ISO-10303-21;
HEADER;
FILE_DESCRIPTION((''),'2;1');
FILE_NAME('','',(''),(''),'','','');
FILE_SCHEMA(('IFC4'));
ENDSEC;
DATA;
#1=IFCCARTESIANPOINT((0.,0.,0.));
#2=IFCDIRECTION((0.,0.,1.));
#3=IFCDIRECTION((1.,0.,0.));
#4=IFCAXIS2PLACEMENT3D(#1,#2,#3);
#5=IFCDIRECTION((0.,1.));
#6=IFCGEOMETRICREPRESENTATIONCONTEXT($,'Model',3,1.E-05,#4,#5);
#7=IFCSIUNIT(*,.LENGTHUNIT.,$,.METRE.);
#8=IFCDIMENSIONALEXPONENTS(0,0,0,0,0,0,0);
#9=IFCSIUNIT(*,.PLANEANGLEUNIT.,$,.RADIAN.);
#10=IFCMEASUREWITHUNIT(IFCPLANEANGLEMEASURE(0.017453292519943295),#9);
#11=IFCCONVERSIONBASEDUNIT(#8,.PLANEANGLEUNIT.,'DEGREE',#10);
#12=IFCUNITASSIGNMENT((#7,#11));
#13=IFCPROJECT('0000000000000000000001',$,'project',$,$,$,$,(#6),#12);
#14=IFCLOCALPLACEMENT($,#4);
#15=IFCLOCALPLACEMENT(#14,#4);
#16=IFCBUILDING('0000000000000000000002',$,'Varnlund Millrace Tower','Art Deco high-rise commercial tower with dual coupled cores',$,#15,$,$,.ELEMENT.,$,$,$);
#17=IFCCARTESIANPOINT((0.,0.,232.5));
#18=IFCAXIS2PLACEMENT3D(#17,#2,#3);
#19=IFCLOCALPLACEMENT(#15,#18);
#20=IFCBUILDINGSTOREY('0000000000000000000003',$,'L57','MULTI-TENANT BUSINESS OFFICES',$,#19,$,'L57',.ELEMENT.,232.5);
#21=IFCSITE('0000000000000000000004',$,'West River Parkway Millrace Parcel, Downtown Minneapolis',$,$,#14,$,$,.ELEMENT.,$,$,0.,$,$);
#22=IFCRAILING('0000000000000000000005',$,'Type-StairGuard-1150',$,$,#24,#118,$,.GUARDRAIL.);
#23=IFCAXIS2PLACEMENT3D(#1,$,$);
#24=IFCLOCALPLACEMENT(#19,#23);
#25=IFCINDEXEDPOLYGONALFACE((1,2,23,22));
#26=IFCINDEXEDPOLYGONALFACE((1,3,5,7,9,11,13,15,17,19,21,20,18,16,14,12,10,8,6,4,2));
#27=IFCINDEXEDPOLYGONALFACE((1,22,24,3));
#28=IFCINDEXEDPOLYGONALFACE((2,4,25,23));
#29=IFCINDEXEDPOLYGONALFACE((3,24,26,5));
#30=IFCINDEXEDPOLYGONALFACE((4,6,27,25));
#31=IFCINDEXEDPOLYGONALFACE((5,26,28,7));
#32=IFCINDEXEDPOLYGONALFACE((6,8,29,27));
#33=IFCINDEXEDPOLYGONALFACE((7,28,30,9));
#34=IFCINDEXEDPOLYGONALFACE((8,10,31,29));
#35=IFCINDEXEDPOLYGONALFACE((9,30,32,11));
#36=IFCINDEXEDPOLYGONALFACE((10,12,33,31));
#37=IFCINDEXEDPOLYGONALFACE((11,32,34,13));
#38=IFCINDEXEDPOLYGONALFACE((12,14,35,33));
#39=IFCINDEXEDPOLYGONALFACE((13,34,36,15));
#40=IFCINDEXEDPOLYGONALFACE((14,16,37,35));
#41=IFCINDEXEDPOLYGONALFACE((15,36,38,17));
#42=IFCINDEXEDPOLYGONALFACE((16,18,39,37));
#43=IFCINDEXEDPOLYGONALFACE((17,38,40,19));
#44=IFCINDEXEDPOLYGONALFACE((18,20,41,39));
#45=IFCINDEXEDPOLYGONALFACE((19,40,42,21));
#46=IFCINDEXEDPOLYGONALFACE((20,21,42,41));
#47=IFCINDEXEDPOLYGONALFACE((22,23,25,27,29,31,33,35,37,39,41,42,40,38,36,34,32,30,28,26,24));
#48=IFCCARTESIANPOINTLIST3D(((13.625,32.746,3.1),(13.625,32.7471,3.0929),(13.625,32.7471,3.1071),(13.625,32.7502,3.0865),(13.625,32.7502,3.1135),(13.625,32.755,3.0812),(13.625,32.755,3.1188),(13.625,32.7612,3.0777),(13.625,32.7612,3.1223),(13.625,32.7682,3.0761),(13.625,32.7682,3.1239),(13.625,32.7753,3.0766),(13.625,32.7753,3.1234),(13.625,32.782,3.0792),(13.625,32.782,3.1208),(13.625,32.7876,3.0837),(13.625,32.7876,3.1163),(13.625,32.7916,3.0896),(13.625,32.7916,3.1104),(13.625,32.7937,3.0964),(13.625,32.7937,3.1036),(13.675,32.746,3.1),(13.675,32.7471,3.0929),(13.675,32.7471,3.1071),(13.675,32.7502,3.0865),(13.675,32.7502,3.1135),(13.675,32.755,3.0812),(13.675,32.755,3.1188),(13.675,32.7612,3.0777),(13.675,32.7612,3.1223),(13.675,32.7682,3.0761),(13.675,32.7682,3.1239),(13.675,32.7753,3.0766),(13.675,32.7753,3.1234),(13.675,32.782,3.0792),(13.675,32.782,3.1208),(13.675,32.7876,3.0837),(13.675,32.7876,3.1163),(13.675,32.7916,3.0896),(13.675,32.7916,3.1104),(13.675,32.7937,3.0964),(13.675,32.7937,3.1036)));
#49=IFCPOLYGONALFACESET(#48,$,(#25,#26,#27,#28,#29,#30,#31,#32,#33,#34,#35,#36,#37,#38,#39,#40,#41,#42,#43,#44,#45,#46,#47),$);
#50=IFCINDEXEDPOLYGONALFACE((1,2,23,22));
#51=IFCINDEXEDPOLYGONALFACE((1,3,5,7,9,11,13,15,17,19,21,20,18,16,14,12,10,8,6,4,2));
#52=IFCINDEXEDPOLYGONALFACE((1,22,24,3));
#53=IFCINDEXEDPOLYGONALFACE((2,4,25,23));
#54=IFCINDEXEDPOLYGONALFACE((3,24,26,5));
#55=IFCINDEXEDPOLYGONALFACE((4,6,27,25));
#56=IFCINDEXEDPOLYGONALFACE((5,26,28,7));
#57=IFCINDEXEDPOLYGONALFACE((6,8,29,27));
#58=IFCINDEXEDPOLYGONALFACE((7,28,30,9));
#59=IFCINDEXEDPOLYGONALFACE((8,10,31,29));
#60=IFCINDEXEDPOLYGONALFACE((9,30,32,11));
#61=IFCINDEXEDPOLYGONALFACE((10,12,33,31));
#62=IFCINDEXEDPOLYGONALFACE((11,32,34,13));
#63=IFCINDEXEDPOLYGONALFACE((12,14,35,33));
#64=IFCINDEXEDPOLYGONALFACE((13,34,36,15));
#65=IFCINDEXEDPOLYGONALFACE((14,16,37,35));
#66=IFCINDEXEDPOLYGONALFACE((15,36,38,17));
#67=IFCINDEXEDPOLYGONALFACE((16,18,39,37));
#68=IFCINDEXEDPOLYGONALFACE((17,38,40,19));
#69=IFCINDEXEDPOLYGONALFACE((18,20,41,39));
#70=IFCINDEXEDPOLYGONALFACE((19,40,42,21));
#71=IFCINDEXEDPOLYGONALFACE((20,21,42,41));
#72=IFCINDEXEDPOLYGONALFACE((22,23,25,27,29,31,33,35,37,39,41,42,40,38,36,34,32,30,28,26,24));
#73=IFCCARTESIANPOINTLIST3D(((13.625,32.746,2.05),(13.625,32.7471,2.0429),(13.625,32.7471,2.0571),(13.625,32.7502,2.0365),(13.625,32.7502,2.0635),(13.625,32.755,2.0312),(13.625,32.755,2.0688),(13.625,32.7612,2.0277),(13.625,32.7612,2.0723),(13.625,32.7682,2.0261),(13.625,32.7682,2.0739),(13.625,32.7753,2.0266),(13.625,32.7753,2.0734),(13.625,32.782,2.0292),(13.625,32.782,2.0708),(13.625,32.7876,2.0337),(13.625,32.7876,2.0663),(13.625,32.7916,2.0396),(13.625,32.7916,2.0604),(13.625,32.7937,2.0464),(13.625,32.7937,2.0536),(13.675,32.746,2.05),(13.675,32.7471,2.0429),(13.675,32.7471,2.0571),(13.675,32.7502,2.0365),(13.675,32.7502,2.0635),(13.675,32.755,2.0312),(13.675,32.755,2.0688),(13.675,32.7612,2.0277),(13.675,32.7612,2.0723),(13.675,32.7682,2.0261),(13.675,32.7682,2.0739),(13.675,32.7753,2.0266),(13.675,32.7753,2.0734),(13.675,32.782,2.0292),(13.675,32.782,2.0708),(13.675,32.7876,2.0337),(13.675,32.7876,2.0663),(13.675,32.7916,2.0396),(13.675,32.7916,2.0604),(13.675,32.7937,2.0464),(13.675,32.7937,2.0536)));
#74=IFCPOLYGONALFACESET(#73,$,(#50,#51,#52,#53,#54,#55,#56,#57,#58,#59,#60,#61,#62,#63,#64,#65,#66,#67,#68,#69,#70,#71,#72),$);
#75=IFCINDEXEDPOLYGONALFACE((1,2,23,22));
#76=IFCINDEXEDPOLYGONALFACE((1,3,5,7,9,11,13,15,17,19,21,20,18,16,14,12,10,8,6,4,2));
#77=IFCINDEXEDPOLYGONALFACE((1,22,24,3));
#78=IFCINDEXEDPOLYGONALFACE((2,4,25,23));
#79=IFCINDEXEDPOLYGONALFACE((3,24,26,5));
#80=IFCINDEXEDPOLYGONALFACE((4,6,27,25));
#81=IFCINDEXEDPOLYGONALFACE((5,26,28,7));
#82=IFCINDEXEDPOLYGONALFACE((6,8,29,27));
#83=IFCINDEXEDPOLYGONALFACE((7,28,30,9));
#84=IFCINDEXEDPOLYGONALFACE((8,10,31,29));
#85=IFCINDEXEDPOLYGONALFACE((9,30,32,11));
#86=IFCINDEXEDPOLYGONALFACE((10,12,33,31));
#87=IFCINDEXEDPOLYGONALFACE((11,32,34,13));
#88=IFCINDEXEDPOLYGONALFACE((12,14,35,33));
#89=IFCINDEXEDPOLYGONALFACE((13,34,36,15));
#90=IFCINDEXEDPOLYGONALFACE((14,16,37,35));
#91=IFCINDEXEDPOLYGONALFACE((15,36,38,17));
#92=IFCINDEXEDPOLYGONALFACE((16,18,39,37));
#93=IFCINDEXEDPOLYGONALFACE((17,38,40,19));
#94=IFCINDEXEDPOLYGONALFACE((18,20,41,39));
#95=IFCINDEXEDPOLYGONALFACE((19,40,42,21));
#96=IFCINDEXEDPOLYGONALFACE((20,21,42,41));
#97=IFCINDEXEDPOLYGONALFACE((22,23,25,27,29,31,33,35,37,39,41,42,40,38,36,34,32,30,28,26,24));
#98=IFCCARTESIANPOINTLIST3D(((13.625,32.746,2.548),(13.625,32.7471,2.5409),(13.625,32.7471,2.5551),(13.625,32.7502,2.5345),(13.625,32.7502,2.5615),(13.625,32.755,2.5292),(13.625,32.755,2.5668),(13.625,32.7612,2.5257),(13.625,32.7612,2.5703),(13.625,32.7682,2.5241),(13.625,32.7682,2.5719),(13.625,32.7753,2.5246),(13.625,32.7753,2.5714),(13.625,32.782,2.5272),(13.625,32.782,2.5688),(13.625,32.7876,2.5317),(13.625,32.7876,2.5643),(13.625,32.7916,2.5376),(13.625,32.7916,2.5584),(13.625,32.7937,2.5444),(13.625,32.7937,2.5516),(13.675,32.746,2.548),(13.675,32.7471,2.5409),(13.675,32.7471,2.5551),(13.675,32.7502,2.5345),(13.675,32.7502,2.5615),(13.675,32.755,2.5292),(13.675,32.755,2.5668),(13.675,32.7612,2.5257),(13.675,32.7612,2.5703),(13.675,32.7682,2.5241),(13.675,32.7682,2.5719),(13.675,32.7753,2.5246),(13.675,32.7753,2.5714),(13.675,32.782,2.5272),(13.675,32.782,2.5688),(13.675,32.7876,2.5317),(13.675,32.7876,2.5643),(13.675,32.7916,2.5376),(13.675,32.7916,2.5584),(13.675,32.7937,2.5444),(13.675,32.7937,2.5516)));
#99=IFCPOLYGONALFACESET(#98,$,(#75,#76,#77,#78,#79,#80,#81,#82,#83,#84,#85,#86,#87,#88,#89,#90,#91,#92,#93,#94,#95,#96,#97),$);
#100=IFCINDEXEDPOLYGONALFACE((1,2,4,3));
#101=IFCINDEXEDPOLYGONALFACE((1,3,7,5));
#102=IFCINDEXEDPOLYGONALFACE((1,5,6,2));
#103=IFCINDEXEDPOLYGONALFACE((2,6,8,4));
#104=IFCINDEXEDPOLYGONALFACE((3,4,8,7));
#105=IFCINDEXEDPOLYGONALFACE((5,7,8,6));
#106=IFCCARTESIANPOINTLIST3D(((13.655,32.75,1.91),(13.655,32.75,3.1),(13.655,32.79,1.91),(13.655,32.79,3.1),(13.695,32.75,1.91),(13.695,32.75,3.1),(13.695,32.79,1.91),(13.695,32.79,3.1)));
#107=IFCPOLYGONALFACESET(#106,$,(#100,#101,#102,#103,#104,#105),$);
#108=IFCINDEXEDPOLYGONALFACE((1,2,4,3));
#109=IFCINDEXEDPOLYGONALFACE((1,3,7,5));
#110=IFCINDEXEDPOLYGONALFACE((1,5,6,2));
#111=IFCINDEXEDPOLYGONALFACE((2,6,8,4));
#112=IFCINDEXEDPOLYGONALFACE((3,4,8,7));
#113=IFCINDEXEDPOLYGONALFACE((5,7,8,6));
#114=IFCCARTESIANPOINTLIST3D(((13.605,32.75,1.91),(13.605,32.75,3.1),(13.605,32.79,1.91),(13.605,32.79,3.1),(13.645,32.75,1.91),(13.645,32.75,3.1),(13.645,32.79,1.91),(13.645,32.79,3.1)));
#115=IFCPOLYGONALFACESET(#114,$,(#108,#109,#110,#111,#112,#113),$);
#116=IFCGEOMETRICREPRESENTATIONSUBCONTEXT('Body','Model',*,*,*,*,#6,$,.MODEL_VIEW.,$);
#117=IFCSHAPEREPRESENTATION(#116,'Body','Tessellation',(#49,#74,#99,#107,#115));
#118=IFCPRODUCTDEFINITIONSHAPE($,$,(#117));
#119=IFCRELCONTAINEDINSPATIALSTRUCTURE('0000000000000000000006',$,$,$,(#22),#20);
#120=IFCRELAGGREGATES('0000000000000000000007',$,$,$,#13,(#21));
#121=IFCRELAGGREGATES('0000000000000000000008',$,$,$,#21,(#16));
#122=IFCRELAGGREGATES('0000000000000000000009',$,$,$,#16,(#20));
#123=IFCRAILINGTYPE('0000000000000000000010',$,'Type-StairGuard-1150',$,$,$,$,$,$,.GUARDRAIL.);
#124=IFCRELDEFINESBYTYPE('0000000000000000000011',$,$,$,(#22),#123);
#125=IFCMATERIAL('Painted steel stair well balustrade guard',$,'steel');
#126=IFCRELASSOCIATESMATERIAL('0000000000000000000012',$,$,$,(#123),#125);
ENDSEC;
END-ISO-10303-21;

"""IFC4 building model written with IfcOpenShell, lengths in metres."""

from ifc_helpers import new_model, entity, si_unit, converted_unit, direction, frame, origin_with_axes, origin_2d_with_axis, place, context, subcontext, project, spatial, rectangle, circle, extrude, material, type_object, element, save


model = new_model("IFC4")

# Units and contexts
model_context = context("Model", 3, precision=1e-05, world=origin_with_axes(), true_north=direction((0.0, 1.0)))
body_context = subcontext(model_context, "Body", "Model", "MODEL_VIEW")
ifc_project = project(units=[si_unit("LENGTHUNIT", "METRE"), converted_unit("PLANEANGLEUNIT", "DEGREE", entity("IfcPlaneAngleMeasure", 0.017453292519943295), si_unit("PLANEANGLEUNIT", "RADIAN"), dimensions=[0, 0, 0, 0, 0, 0, 0])], contexts=[model_context])

# Site, building, storey
site_placement = place(None, origin_with_axes())
site = spatial("IfcSite", under=ifc_project, at=site_placement, Name="West River Parkway Millrace Parcel, Downtown Minneapolis", CompositionType="ELEMENT", RefElevation=0.0)
building_placement = place(site_placement, origin_with_axes())
building = spatial("IfcBuilding", under=site, at=building_placement, Name="Varnlund Millrace Tower", Description="Art Deco high-rise commercial tower with dual coupled cores", CompositionType="ELEMENT")
storey_placement = place(building_placement, frame((0.0, 0.0, 232.5), z_axis=(0.0, 0.0, 1.0), x_axis=(1.0, 0.0, 0.0)))
storey = spatial("IfcBuildingStorey", under=building, at=storey_placement, Name="L57", Description="MULTI-TENANT BUSINESS OFFICES", LongName="L57", CompositionType="ELEMENT", Elevation=232.5)

# Railing
ifc_material_1 = material(Name="Painted steel stair well balustrade guard", Category="steel")
railing_type_1 = type_object("IfcRailingType", Name="Type-StairGuard-1150", PredefinedType="GUARDRAIL", material=ifc_material_1)
railing_1_placement = place(storey_placement, frame((0.0, 0.0, -232.5), z_axis=(0.0, 0.0, 1.0), x_axis=(1.0, 0.0, 0.0)))
element("IfcRailing", 1, at=railing_1_placement, inside=storey, type_object=railing_type_1, Name="Type-StairGuard-1150", PredefinedType="GUARDRAIL", context=body_context, shape_type="SweptSolid", body=[
    extrude(circle(Radius=0.024, at=origin_2d_with_axis()), frame((13.675, 32.77, 235.6), z_axis=(-1.0, 0.0, 0.0), x_axis=(0.0, -1.0, 0.0)), (0.0, 0.0, 1.0), 0.05),
    extrude(circle(Radius=0.024, at=origin_2d_with_axis()), frame((13.675, 32.77, 234.55), z_axis=(-1.0, 0.0, 0.0), x_axis=(0.0, -1.0, 0.0)), (0.0, 0.0, 1.0), 0.05),
    extrude(circle(Radius=0.024, at=origin_2d_with_axis()), frame((13.675, 32.77, 235.048), z_axis=(-1.0, 0.0, 0.0), x_axis=(0.0, -1.0, 0.0)), (0.0, 0.0, 1.0), 0.05),
    extrude(rectangle(XDim=0.04, YDim=0.04, at=origin_2d_with_axis()), frame((13.675, 32.77, 234.41), z_axis=(0.0, 0.0, 1.0), x_axis=(1.0, 0.0, 0.0)), (0.0, 0.0, 1.0), 1.19),
    extrude(rectangle(XDim=0.04, YDim=0.04, at=origin_2d_with_axis()), frame((13.625, 32.77, 234.41), z_axis=(0.0, 0.0, 1.0), x_axis=(1.0, 0.0, 0.0)), (0.0, 0.0, 1.0), 1.19),
])

save(model, "model.ifc")
